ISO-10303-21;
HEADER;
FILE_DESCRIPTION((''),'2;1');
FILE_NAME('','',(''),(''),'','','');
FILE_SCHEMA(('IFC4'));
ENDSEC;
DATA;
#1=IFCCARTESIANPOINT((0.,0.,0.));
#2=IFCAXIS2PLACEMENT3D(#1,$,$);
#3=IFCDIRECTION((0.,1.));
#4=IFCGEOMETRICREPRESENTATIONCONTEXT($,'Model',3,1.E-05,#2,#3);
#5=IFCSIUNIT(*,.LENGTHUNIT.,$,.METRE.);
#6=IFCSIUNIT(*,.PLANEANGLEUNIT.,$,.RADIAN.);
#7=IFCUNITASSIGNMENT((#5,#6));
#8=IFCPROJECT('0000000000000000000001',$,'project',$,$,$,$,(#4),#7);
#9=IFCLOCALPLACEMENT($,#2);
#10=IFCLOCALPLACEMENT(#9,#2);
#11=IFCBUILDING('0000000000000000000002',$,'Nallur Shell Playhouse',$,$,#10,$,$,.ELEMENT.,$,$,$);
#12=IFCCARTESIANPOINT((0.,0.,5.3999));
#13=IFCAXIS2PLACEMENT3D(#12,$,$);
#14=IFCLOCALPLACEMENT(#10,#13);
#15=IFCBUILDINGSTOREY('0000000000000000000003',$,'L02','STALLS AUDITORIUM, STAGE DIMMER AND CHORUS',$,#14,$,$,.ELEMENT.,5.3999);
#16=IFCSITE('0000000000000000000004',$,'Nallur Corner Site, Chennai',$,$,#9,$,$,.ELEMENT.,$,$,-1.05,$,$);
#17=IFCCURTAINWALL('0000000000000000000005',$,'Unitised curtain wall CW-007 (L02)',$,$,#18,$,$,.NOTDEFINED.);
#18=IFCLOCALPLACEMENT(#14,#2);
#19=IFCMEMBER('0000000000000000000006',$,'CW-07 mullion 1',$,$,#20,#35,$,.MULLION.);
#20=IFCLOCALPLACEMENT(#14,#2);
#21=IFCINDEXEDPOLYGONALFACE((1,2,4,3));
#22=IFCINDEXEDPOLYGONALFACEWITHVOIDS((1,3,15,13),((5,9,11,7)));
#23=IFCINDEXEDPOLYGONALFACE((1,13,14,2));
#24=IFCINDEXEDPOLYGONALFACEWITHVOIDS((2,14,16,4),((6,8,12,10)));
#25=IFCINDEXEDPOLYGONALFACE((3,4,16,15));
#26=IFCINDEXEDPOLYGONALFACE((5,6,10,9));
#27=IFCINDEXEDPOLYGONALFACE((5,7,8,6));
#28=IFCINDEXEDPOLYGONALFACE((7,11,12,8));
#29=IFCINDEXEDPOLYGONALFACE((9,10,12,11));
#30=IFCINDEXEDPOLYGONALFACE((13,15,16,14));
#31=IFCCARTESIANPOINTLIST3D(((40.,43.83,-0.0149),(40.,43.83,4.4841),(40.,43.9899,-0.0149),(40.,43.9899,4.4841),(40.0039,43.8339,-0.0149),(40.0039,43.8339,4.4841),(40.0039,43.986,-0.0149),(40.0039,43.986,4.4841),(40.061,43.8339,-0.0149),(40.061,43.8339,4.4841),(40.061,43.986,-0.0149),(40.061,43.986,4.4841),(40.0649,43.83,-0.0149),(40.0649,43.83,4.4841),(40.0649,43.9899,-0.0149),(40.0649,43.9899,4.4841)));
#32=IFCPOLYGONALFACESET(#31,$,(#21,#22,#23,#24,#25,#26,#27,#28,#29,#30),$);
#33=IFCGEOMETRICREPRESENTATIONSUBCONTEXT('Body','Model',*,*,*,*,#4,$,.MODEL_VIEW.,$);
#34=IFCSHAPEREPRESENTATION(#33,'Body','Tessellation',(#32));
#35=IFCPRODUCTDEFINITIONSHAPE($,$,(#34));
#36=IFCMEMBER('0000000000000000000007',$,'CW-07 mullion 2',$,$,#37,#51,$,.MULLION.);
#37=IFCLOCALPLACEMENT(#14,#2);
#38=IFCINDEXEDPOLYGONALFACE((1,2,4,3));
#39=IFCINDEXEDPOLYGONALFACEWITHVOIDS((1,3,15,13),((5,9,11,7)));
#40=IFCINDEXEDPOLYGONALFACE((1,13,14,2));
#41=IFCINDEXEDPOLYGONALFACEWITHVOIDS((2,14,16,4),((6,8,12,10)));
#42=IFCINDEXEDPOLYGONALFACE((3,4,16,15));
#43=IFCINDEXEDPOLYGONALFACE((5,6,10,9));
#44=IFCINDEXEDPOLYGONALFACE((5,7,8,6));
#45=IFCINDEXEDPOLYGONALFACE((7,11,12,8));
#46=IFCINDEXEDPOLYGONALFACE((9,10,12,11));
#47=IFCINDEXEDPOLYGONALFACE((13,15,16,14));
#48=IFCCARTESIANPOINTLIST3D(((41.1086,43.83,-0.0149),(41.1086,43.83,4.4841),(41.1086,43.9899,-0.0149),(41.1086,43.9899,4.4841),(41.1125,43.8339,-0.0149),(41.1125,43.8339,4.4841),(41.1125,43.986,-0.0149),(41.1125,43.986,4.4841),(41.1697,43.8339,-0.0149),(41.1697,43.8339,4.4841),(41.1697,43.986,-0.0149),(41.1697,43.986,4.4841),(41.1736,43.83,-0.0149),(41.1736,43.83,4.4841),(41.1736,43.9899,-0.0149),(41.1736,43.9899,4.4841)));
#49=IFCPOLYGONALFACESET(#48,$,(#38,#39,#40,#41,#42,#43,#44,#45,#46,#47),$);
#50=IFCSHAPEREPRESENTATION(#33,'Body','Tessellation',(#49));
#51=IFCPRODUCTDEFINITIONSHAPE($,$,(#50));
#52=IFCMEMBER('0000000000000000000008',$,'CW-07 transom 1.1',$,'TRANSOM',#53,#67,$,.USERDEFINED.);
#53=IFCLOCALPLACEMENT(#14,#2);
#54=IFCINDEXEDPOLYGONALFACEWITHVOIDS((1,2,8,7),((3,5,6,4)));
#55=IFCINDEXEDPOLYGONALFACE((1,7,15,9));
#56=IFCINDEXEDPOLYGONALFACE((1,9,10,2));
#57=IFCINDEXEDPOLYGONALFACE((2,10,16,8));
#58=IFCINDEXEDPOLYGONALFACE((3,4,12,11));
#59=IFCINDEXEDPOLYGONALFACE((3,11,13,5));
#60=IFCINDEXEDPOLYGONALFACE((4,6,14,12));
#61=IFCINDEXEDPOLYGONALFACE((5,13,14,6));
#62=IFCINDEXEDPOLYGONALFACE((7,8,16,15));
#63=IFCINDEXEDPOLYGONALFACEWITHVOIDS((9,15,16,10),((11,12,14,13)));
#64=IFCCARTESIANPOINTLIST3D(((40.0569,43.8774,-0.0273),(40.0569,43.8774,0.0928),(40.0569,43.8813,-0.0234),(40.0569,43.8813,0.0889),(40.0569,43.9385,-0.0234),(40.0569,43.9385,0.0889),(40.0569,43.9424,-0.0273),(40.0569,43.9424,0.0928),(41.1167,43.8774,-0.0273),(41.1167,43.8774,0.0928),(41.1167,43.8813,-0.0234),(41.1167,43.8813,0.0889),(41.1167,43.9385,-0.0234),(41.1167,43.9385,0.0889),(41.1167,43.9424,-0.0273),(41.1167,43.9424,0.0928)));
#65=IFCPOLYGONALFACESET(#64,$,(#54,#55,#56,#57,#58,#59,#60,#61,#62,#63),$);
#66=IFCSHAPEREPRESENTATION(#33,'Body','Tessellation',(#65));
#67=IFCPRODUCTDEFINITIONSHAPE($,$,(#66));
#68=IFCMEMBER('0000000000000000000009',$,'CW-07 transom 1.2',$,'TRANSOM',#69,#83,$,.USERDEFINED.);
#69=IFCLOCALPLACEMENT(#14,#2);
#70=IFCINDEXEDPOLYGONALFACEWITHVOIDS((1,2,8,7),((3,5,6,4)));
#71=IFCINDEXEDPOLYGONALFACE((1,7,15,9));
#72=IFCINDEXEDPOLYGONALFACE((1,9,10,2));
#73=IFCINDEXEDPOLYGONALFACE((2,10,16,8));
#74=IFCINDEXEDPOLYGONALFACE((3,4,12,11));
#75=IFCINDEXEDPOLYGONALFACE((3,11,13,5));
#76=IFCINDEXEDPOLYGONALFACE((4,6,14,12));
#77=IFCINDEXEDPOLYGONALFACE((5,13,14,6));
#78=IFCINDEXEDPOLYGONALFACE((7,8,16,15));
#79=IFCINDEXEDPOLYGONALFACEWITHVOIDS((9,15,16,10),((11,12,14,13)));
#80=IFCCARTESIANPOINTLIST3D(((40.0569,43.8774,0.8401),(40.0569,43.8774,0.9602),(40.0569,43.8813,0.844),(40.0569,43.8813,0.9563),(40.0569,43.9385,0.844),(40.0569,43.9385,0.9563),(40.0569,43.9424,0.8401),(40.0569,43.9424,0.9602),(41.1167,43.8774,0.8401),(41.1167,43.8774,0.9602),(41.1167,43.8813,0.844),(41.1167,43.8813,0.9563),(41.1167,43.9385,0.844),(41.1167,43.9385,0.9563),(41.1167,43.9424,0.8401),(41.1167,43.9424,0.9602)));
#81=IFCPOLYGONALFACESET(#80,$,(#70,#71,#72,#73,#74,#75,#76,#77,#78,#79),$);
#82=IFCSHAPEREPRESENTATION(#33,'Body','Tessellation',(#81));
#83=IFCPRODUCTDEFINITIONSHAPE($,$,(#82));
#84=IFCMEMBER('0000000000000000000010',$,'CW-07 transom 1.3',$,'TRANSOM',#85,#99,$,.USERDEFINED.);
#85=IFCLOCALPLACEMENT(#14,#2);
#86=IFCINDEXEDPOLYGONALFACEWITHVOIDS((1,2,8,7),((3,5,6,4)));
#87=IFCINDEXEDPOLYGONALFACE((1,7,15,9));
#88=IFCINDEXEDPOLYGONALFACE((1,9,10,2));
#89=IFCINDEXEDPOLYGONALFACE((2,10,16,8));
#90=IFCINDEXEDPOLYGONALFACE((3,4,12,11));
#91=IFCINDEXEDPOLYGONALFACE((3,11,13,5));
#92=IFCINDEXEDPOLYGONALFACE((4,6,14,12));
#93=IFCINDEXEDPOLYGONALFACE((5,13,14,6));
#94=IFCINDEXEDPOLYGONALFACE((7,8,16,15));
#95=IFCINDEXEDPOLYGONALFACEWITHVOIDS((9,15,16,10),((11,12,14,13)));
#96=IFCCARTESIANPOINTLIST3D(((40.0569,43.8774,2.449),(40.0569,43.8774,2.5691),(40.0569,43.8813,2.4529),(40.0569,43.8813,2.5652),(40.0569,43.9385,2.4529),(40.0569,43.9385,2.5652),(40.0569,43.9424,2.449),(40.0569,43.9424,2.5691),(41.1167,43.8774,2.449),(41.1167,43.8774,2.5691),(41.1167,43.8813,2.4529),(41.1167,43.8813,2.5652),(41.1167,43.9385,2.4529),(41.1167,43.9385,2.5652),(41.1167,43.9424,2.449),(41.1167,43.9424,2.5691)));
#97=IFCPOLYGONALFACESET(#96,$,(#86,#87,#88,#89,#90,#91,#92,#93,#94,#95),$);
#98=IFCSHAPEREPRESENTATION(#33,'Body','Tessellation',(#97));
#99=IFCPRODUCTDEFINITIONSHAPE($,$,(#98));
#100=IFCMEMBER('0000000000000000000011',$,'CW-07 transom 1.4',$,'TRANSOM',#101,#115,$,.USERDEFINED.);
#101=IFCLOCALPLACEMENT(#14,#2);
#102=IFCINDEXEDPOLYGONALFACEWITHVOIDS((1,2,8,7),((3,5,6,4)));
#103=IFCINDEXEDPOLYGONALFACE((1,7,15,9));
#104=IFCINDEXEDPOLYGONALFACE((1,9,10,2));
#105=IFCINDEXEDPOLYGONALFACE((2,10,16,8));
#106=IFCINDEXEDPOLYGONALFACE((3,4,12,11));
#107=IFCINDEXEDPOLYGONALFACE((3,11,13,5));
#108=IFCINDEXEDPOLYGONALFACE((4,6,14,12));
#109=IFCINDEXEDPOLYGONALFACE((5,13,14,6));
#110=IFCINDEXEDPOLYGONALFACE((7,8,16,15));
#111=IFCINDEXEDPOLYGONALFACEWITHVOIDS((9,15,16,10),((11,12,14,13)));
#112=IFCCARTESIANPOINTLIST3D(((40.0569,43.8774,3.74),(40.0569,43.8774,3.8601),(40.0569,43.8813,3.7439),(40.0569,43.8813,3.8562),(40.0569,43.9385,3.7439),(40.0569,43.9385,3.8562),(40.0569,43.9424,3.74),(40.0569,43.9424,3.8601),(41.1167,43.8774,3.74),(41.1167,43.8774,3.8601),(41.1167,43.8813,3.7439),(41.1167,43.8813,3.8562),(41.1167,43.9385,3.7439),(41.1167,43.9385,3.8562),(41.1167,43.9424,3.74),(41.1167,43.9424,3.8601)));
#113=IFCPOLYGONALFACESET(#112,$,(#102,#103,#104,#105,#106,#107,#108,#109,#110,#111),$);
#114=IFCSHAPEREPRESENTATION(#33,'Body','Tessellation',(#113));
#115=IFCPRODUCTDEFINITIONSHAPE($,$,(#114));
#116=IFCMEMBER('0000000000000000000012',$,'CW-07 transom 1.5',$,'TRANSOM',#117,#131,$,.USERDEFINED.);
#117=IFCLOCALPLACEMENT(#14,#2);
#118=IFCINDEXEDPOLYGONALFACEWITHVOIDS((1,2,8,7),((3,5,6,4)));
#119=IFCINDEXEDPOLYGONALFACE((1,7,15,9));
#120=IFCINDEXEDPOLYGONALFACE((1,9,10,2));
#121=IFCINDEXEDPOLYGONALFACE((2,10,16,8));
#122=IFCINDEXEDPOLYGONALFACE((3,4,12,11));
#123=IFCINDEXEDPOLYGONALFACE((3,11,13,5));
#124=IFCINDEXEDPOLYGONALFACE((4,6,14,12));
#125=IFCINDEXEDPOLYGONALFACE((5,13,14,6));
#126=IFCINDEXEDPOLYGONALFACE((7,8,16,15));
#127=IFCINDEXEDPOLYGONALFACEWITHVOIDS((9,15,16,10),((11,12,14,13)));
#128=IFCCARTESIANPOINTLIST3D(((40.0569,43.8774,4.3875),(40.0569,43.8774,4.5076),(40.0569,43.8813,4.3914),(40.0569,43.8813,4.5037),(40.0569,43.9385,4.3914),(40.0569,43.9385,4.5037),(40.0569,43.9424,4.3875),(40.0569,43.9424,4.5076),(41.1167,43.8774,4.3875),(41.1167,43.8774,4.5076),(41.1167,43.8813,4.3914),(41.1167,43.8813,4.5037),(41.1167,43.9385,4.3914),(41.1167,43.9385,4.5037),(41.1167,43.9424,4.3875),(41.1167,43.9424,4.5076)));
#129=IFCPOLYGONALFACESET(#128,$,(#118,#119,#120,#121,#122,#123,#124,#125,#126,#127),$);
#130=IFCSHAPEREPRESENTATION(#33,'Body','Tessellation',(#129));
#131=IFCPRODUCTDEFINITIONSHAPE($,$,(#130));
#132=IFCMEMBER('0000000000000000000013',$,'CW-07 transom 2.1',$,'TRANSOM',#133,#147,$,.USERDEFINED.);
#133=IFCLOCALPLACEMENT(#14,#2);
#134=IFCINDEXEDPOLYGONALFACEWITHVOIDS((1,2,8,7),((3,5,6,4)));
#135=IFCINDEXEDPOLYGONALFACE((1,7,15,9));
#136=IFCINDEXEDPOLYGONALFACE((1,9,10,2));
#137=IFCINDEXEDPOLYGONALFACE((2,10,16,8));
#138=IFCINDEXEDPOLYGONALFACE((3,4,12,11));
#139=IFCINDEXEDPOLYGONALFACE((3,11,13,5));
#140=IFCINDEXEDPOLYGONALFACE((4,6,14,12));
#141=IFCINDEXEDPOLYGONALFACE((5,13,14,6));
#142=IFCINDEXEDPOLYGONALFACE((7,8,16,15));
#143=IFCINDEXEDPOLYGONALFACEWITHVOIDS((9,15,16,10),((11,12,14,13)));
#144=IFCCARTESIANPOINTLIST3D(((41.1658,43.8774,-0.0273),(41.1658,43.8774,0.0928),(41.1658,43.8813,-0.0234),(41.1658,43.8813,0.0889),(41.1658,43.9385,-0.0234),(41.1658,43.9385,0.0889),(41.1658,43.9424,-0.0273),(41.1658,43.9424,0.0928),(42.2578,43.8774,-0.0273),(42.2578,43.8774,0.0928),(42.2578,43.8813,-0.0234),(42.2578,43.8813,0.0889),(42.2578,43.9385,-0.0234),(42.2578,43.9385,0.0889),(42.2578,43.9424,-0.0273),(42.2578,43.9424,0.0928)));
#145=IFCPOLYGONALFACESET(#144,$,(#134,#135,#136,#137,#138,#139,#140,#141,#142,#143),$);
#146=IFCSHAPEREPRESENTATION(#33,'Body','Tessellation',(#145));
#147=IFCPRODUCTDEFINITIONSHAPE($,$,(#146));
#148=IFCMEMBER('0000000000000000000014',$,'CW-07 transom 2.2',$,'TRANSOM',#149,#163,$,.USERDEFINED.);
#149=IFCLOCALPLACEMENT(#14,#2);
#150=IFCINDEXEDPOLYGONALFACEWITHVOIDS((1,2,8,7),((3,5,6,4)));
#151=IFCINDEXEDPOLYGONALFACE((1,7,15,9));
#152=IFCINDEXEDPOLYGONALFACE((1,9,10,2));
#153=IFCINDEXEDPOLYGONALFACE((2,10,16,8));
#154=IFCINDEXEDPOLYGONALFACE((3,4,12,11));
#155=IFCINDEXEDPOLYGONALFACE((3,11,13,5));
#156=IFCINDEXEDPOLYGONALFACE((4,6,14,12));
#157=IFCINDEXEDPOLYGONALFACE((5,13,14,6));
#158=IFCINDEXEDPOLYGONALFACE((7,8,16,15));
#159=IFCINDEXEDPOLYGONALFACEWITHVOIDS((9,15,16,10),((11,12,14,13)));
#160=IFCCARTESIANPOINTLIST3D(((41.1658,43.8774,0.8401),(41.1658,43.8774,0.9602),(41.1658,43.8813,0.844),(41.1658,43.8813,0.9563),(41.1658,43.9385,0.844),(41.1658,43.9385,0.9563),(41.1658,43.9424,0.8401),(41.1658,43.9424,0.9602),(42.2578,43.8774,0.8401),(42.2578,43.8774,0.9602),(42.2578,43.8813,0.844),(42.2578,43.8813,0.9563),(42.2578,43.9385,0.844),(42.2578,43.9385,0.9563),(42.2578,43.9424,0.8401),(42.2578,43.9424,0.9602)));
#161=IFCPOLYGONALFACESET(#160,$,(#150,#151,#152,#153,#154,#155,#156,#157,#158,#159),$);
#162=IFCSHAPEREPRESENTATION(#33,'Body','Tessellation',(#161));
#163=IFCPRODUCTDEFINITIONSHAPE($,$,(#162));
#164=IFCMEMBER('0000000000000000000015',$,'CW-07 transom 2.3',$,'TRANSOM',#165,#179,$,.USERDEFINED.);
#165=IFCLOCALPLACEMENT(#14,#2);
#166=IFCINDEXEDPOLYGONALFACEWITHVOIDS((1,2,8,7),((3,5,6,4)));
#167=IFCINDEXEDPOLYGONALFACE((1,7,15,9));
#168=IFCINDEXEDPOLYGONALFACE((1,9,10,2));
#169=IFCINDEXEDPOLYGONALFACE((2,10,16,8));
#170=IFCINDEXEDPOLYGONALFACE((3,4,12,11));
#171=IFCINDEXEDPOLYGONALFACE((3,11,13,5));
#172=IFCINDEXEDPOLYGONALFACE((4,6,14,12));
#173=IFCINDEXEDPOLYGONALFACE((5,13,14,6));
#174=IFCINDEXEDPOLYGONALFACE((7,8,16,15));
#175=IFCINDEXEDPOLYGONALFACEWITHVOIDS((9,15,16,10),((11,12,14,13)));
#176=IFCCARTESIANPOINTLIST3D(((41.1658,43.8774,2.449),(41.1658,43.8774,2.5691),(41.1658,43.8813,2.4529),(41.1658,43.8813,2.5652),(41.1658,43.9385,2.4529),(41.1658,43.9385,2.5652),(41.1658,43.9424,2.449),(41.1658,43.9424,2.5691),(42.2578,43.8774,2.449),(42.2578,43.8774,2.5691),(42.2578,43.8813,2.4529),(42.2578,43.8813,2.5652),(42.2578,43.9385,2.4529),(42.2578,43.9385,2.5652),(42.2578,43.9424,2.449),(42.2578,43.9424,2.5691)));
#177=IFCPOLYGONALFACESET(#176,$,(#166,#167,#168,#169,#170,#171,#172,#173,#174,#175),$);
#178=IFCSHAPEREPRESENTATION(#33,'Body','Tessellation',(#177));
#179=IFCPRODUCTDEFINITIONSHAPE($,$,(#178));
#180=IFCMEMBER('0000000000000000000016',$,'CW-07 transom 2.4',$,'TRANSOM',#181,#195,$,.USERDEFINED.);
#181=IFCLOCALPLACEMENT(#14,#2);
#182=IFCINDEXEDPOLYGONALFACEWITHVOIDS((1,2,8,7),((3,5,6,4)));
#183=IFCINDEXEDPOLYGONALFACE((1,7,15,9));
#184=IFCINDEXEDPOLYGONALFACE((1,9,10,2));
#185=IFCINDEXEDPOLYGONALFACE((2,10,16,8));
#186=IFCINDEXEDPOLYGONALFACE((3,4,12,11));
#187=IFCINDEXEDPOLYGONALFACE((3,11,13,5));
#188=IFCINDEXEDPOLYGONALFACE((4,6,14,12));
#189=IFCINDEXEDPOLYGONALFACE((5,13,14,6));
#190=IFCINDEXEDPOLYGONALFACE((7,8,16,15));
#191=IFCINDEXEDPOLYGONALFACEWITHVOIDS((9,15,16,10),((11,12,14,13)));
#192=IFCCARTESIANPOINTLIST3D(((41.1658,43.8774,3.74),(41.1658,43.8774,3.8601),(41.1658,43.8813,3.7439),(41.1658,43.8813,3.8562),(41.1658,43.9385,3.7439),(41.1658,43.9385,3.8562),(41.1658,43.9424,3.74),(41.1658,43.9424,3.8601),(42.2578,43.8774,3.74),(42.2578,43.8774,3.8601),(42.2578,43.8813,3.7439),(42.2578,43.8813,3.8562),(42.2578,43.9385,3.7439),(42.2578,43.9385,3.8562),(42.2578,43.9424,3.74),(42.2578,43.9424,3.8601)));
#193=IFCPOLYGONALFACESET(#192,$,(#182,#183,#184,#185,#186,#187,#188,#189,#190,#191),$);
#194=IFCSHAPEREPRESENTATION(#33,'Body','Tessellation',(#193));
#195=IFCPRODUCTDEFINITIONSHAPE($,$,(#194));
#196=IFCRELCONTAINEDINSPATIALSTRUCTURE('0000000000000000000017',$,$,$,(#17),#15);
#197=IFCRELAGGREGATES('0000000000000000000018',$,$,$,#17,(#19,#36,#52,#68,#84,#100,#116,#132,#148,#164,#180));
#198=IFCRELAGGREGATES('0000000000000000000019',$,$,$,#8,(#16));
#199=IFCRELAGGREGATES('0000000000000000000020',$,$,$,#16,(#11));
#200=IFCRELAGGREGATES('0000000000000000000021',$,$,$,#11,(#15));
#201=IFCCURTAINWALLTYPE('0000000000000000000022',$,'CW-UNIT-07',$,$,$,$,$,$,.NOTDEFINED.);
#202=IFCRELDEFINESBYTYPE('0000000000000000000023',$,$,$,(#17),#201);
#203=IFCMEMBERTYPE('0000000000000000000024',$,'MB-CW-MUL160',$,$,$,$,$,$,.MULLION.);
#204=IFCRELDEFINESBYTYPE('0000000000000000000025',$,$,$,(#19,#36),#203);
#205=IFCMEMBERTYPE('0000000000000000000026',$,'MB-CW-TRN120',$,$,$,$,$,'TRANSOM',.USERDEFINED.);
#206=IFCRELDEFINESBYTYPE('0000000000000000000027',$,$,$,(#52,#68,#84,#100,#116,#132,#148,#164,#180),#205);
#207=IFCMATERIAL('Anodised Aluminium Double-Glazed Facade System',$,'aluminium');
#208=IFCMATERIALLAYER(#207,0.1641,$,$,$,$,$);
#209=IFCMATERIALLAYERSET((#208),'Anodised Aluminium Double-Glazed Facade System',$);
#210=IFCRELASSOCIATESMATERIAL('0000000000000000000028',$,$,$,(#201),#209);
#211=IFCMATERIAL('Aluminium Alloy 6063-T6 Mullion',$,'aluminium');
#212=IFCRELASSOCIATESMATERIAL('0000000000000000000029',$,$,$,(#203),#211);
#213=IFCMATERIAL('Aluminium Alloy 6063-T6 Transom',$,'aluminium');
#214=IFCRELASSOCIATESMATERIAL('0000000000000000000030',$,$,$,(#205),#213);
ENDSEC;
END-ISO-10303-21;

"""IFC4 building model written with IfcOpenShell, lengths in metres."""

from ifc_helpers import new_model, si_unit, direction, frame, origin, origin_2d, place, context, subcontext, project, spatial, hollow_rectangle, extrude, material, layer, layer_set, material_profile, profile_set, type_object, element, aggregate, save


model = new_model("IFC4")

# Units and contexts
model_context = context("Model", 3, precision=1e-05, world=origin(), true_north=direction((0.0, 1.0)))
body_context = subcontext(model_context, "Body", "Model", "MODEL_VIEW")
ifc_project = project(units=[si_unit("LENGTHUNIT", "METRE"), si_unit("PLANEANGLEUNIT", "RADIAN")], contexts=[model_context])

# Site, building, storey
site_placement = place(None, origin())
site = spatial("IfcSite", under=ifc_project, at=site_placement, Name="Nallur Corner Site, Chennai", CompositionType="ELEMENT", RefElevation=-1.05)
building_placement = place(site_placement, origin())
building = spatial("IfcBuilding", under=site, at=building_placement, Name="Nallur Shell Playhouse", CompositionType="ELEMENT")
storey_placement = place(building_placement, frame((0.0, 0.0, 5.3999)))
storey = spatial("IfcBuildingStorey", under=building, at=storey_placement, Name="L02", Description="STALLS AUDITORIUM, STAGE DIMMER AND CHORUS", CompositionType="ELEMENT", Elevation=5.3999)

# Curtain wall, members
ifc_material_1 = material(Name="Anodised Aluminium Double-Glazed Facade System", Category="aluminium")
ifc_layer_1 = layer(ifc_material_1, 0.1641)
ifc_layer_set_1 = layer_set([ifc_layer_1], Name="Anodised Aluminium Double-Glazed Facade System")
curtain_wall_type = type_object("IfcCurtainWallType", Name="CW-UNIT-07", PredefinedType="NOTDEFINED", material=ifc_layer_set_1)
curtain_wall_placement = place(storey_placement, origin())
curtain_wall = element("IfcCurtainWall", 1, at=curtain_wall_placement, inside=storey, type_object=curtain_wall_type, Name="Unitised curtain wall CW-007 (L02)", PredefinedType="NOTDEFINED")
ifc_material_2 = material(Name="Aluminium Alloy 6063-T6 Mullion", Category="aluminium")
ifc_material_profile_1 = material_profile(ifc_material_2, hollow_rectangle(XDim=0.0649, YDim=0.1599, WallThickness=0.0039, at=origin_2d()), Name="ALU 65x160x4")
ifc_profile_set_1 = profile_set([ifc_material_profile_1], Name="Aluminium Alloy 6063-T6 Mullion")
member_type_1 = type_object("IfcMemberType", Name="MB-CW-MUL160", PredefinedType="MULLION", material=ifc_profile_set_1)
member_1_placement = place(storey_placement, frame((40.0325, 43.9099, -0.0149), z_axis=(0.0, 0.0, 1.0), x_axis=(1.0, 0.0, 0.0)))
member_1 = element("IfcMember", 2, at=member_1_placement, type_object=member_type_1, Name="CW-07 mullion 1", PredefinedType="MULLION", context=body_context, shape_type="SweptSolid", body=[
    extrude(hollow_rectangle(XDim=0.0649, YDim=0.1599, WallThickness=0.0039, at=origin_2d()), origin(), (0.0, 0.0, 1.0), 4.499),
])
member_2_placement = place(storey_placement, frame((41.1411, 43.9099, -0.0149), z_axis=(0.0, 0.0, 1.0), x_axis=(1.0, 0.0, 0.0)))
member_2 = element("IfcMember", 3, at=member_2_placement, type_object=member_type_1, Name="CW-07 mullion 2", PredefinedType="MULLION", context=body_context, shape_type="SweptSolid", body=[
    extrude(hollow_rectangle(XDim=0.0649, YDim=0.1599, WallThickness=0.0039, at=origin_2d()), origin(), (0.0, 0.0, 1.0), 4.499),
])
ifc_material_3 = material(Name="Aluminium Alloy 6063-T6 Transom", Category="aluminium")
ifc_material_profile_2 = material_profile(ifc_material_3, hollow_rectangle(XDim=0.0649, YDim=0.1201, WallThickness=0.0039, at=origin_2d()), Name="ALU 65x120x4")
ifc_profile_set_2 = profile_set([ifc_material_profile_2], Name="Aluminium Alloy 6063-T6 Transom")
member_type_2 = type_object("IfcMemberType", Name="MB-CW-TRN120", ElementType="TRANSOM", PredefinedType="USERDEFINED", material=ifc_profile_set_2)
member_3_placement = place(storey_placement, frame((40.0569, 43.9099, 0.0327), z_axis=(1.0, 0.0, 0.0), x_axis=(0.0, 1.0, 0.0)))
member_3 = element("IfcMember", 4, at=member_3_placement, type_object=member_type_2, Name="CW-07 transom 1.1", ObjectType="TRANSOM", PredefinedType="USERDEFINED", context=body_context, shape_type="SweptSolid", body=[
    extrude(hollow_rectangle(XDim=0.0649, YDim=0.1201, WallThickness=0.0039, at=origin_2d()), origin(), (0.0, 0.0, 1.0), 1.0598),
])
member_4_placement = place(storey_placement, frame((40.0569, 43.9099, 0.9001), z_axis=(1.0, 0.0, 0.0), x_axis=(0.0, 1.0, 0.0)))
member_4 = element("IfcMember", 5, at=member_4_placement, type_object=member_type_2, Name="CW-07 transom 1.2", ObjectType="TRANSOM", PredefinedType="USERDEFINED", context=body_context, shape_type="SweptSolid", body=[
    extrude(hollow_rectangle(XDim=0.0649, YDim=0.1201, WallThickness=0.0039, at=origin_2d()), origin(), (0.0, 0.0, 1.0), 1.0598),
])
member_5_placement = place(storey_placement, frame((40.0569, 43.9099, 2.509), z_axis=(1.0, 0.0, 0.0), x_axis=(0.0, 1.0, 0.0)))
member_5 = element("IfcMember", 6, at=member_5_placement, type_object=member_type_2, Name="CW-07 transom 1.3", ObjectType="TRANSOM", PredefinedType="USERDEFINED", context=body_context, shape_type="SweptSolid", body=[
    extrude(hollow_rectangle(XDim=0.0649, YDim=0.1201, WallThickness=0.0039, at=origin_2d()), origin(), (0.0, 0.0, 1.0), 1.0598),
])
member_6_placement = place(storey_placement, frame((40.0569, 43.9099, 3.8), z_axis=(1.0, 0.0, 0.0), x_axis=(0.0, 1.0, 0.0)))
member_6 = element("IfcMember", 7, at=member_6_placement, type_object=member_type_2, Name="CW-07 transom 1.4", ObjectType="TRANSOM", PredefinedType="USERDEFINED", context=body_context, shape_type="SweptSolid", body=[
    extrude(hollow_rectangle(XDim=0.0649, YDim=0.1201, WallThickness=0.0039, at=origin_2d()), origin(), (0.0, 0.0, 1.0), 1.0598),
])
member_7_placement = place(storey_placement, frame((40.0569, 43.9099, 4.4475), z_axis=(1.0, 0.0, 0.0), x_axis=(0.0, 1.0, 0.0)))
member_7 = element("IfcMember", 8, at=member_7_placement, type_object=member_type_2, Name="CW-07 transom 1.5", ObjectType="TRANSOM", PredefinedType="USERDEFINED", context=body_context, shape_type="SweptSolid", body=[
    extrude(hollow_rectangle(XDim=0.0649, YDim=0.1201, WallThickness=0.0039, at=origin_2d()), origin(), (0.0, 0.0, 1.0), 1.0598),
])
member_8_placement = place(storey_placement, frame((41.1658, 43.9099, 0.0327), z_axis=(1.0, 0.0, 0.0), x_axis=(0.0, 1.0, 0.0)))
member_8 = element("IfcMember", 9, at=member_8_placement, type_object=member_type_2, Name="CW-07 transom 2.1", ObjectType="TRANSOM", PredefinedType="USERDEFINED", context=body_context, shape_type="SweptSolid", body=[
    extrude(hollow_rectangle(XDim=0.0649, YDim=0.1201, WallThickness=0.0039, at=origin_2d()), origin(), (0.0, 0.0, 1.0), 1.092),
])
member_9_placement = place(storey_placement, frame((41.1658, 43.9099, 0.9001), z_axis=(1.0, 0.0, 0.0), x_axis=(0.0, 1.0, 0.0)))
member_9 = element("IfcMember", 10, at=member_9_placement, type_object=member_type_2, Name="CW-07 transom 2.2", ObjectType="TRANSOM", PredefinedType="USERDEFINED", context=body_context, shape_type="SweptSolid", body=[
    extrude(hollow_rectangle(XDim=0.0649, YDim=0.1201, WallThickness=0.0039, at=origin_2d()), origin(), (0.0, 0.0, 1.0), 1.092),
])
member_10_placement = place(storey_placement, frame((41.1658, 43.9099, 2.509), z_axis=(1.0, 0.0, 0.0), x_axis=(0.0, 1.0, 0.0)))
member_10 = element("IfcMember", 11, at=member_10_placement, type_object=member_type_2, Name="CW-07 transom 2.3", ObjectType="TRANSOM", PredefinedType="USERDEFINED", context=body_context, shape_type="SweptSolid", body=[
    extrude(hollow_rectangle(XDim=0.0649, YDim=0.1201, WallThickness=0.0039, at=origin_2d()), origin(), (0.0, 0.0, 1.0), 1.092),
])
member_11_placement = place(storey_placement, frame((41.1658, 43.9099, 3.8), z_axis=(1.0, 0.0, 0.0), x_axis=(0.0, 1.0, 0.0)))
member_11 = element("IfcMember", 12, at=member_11_placement, type_object=member_type_2, Name="CW-07 transom 2.4", ObjectType="TRANSOM", PredefinedType="USERDEFINED", context=body_context, shape_type="SweptSolid", body=[
    extrude(hollow_rectangle(XDim=0.0649, YDim=0.1201, WallThickness=0.0039, at=origin_2d()), origin(), (0.0, 0.0, 1.0), 1.092),
])
aggregate(curtain_wall, [member_1, member_2, member_3, member_4, member_5, member_6, member_7, member_8, member_9, member_10, member_11])

save(model, "model.ifc")
